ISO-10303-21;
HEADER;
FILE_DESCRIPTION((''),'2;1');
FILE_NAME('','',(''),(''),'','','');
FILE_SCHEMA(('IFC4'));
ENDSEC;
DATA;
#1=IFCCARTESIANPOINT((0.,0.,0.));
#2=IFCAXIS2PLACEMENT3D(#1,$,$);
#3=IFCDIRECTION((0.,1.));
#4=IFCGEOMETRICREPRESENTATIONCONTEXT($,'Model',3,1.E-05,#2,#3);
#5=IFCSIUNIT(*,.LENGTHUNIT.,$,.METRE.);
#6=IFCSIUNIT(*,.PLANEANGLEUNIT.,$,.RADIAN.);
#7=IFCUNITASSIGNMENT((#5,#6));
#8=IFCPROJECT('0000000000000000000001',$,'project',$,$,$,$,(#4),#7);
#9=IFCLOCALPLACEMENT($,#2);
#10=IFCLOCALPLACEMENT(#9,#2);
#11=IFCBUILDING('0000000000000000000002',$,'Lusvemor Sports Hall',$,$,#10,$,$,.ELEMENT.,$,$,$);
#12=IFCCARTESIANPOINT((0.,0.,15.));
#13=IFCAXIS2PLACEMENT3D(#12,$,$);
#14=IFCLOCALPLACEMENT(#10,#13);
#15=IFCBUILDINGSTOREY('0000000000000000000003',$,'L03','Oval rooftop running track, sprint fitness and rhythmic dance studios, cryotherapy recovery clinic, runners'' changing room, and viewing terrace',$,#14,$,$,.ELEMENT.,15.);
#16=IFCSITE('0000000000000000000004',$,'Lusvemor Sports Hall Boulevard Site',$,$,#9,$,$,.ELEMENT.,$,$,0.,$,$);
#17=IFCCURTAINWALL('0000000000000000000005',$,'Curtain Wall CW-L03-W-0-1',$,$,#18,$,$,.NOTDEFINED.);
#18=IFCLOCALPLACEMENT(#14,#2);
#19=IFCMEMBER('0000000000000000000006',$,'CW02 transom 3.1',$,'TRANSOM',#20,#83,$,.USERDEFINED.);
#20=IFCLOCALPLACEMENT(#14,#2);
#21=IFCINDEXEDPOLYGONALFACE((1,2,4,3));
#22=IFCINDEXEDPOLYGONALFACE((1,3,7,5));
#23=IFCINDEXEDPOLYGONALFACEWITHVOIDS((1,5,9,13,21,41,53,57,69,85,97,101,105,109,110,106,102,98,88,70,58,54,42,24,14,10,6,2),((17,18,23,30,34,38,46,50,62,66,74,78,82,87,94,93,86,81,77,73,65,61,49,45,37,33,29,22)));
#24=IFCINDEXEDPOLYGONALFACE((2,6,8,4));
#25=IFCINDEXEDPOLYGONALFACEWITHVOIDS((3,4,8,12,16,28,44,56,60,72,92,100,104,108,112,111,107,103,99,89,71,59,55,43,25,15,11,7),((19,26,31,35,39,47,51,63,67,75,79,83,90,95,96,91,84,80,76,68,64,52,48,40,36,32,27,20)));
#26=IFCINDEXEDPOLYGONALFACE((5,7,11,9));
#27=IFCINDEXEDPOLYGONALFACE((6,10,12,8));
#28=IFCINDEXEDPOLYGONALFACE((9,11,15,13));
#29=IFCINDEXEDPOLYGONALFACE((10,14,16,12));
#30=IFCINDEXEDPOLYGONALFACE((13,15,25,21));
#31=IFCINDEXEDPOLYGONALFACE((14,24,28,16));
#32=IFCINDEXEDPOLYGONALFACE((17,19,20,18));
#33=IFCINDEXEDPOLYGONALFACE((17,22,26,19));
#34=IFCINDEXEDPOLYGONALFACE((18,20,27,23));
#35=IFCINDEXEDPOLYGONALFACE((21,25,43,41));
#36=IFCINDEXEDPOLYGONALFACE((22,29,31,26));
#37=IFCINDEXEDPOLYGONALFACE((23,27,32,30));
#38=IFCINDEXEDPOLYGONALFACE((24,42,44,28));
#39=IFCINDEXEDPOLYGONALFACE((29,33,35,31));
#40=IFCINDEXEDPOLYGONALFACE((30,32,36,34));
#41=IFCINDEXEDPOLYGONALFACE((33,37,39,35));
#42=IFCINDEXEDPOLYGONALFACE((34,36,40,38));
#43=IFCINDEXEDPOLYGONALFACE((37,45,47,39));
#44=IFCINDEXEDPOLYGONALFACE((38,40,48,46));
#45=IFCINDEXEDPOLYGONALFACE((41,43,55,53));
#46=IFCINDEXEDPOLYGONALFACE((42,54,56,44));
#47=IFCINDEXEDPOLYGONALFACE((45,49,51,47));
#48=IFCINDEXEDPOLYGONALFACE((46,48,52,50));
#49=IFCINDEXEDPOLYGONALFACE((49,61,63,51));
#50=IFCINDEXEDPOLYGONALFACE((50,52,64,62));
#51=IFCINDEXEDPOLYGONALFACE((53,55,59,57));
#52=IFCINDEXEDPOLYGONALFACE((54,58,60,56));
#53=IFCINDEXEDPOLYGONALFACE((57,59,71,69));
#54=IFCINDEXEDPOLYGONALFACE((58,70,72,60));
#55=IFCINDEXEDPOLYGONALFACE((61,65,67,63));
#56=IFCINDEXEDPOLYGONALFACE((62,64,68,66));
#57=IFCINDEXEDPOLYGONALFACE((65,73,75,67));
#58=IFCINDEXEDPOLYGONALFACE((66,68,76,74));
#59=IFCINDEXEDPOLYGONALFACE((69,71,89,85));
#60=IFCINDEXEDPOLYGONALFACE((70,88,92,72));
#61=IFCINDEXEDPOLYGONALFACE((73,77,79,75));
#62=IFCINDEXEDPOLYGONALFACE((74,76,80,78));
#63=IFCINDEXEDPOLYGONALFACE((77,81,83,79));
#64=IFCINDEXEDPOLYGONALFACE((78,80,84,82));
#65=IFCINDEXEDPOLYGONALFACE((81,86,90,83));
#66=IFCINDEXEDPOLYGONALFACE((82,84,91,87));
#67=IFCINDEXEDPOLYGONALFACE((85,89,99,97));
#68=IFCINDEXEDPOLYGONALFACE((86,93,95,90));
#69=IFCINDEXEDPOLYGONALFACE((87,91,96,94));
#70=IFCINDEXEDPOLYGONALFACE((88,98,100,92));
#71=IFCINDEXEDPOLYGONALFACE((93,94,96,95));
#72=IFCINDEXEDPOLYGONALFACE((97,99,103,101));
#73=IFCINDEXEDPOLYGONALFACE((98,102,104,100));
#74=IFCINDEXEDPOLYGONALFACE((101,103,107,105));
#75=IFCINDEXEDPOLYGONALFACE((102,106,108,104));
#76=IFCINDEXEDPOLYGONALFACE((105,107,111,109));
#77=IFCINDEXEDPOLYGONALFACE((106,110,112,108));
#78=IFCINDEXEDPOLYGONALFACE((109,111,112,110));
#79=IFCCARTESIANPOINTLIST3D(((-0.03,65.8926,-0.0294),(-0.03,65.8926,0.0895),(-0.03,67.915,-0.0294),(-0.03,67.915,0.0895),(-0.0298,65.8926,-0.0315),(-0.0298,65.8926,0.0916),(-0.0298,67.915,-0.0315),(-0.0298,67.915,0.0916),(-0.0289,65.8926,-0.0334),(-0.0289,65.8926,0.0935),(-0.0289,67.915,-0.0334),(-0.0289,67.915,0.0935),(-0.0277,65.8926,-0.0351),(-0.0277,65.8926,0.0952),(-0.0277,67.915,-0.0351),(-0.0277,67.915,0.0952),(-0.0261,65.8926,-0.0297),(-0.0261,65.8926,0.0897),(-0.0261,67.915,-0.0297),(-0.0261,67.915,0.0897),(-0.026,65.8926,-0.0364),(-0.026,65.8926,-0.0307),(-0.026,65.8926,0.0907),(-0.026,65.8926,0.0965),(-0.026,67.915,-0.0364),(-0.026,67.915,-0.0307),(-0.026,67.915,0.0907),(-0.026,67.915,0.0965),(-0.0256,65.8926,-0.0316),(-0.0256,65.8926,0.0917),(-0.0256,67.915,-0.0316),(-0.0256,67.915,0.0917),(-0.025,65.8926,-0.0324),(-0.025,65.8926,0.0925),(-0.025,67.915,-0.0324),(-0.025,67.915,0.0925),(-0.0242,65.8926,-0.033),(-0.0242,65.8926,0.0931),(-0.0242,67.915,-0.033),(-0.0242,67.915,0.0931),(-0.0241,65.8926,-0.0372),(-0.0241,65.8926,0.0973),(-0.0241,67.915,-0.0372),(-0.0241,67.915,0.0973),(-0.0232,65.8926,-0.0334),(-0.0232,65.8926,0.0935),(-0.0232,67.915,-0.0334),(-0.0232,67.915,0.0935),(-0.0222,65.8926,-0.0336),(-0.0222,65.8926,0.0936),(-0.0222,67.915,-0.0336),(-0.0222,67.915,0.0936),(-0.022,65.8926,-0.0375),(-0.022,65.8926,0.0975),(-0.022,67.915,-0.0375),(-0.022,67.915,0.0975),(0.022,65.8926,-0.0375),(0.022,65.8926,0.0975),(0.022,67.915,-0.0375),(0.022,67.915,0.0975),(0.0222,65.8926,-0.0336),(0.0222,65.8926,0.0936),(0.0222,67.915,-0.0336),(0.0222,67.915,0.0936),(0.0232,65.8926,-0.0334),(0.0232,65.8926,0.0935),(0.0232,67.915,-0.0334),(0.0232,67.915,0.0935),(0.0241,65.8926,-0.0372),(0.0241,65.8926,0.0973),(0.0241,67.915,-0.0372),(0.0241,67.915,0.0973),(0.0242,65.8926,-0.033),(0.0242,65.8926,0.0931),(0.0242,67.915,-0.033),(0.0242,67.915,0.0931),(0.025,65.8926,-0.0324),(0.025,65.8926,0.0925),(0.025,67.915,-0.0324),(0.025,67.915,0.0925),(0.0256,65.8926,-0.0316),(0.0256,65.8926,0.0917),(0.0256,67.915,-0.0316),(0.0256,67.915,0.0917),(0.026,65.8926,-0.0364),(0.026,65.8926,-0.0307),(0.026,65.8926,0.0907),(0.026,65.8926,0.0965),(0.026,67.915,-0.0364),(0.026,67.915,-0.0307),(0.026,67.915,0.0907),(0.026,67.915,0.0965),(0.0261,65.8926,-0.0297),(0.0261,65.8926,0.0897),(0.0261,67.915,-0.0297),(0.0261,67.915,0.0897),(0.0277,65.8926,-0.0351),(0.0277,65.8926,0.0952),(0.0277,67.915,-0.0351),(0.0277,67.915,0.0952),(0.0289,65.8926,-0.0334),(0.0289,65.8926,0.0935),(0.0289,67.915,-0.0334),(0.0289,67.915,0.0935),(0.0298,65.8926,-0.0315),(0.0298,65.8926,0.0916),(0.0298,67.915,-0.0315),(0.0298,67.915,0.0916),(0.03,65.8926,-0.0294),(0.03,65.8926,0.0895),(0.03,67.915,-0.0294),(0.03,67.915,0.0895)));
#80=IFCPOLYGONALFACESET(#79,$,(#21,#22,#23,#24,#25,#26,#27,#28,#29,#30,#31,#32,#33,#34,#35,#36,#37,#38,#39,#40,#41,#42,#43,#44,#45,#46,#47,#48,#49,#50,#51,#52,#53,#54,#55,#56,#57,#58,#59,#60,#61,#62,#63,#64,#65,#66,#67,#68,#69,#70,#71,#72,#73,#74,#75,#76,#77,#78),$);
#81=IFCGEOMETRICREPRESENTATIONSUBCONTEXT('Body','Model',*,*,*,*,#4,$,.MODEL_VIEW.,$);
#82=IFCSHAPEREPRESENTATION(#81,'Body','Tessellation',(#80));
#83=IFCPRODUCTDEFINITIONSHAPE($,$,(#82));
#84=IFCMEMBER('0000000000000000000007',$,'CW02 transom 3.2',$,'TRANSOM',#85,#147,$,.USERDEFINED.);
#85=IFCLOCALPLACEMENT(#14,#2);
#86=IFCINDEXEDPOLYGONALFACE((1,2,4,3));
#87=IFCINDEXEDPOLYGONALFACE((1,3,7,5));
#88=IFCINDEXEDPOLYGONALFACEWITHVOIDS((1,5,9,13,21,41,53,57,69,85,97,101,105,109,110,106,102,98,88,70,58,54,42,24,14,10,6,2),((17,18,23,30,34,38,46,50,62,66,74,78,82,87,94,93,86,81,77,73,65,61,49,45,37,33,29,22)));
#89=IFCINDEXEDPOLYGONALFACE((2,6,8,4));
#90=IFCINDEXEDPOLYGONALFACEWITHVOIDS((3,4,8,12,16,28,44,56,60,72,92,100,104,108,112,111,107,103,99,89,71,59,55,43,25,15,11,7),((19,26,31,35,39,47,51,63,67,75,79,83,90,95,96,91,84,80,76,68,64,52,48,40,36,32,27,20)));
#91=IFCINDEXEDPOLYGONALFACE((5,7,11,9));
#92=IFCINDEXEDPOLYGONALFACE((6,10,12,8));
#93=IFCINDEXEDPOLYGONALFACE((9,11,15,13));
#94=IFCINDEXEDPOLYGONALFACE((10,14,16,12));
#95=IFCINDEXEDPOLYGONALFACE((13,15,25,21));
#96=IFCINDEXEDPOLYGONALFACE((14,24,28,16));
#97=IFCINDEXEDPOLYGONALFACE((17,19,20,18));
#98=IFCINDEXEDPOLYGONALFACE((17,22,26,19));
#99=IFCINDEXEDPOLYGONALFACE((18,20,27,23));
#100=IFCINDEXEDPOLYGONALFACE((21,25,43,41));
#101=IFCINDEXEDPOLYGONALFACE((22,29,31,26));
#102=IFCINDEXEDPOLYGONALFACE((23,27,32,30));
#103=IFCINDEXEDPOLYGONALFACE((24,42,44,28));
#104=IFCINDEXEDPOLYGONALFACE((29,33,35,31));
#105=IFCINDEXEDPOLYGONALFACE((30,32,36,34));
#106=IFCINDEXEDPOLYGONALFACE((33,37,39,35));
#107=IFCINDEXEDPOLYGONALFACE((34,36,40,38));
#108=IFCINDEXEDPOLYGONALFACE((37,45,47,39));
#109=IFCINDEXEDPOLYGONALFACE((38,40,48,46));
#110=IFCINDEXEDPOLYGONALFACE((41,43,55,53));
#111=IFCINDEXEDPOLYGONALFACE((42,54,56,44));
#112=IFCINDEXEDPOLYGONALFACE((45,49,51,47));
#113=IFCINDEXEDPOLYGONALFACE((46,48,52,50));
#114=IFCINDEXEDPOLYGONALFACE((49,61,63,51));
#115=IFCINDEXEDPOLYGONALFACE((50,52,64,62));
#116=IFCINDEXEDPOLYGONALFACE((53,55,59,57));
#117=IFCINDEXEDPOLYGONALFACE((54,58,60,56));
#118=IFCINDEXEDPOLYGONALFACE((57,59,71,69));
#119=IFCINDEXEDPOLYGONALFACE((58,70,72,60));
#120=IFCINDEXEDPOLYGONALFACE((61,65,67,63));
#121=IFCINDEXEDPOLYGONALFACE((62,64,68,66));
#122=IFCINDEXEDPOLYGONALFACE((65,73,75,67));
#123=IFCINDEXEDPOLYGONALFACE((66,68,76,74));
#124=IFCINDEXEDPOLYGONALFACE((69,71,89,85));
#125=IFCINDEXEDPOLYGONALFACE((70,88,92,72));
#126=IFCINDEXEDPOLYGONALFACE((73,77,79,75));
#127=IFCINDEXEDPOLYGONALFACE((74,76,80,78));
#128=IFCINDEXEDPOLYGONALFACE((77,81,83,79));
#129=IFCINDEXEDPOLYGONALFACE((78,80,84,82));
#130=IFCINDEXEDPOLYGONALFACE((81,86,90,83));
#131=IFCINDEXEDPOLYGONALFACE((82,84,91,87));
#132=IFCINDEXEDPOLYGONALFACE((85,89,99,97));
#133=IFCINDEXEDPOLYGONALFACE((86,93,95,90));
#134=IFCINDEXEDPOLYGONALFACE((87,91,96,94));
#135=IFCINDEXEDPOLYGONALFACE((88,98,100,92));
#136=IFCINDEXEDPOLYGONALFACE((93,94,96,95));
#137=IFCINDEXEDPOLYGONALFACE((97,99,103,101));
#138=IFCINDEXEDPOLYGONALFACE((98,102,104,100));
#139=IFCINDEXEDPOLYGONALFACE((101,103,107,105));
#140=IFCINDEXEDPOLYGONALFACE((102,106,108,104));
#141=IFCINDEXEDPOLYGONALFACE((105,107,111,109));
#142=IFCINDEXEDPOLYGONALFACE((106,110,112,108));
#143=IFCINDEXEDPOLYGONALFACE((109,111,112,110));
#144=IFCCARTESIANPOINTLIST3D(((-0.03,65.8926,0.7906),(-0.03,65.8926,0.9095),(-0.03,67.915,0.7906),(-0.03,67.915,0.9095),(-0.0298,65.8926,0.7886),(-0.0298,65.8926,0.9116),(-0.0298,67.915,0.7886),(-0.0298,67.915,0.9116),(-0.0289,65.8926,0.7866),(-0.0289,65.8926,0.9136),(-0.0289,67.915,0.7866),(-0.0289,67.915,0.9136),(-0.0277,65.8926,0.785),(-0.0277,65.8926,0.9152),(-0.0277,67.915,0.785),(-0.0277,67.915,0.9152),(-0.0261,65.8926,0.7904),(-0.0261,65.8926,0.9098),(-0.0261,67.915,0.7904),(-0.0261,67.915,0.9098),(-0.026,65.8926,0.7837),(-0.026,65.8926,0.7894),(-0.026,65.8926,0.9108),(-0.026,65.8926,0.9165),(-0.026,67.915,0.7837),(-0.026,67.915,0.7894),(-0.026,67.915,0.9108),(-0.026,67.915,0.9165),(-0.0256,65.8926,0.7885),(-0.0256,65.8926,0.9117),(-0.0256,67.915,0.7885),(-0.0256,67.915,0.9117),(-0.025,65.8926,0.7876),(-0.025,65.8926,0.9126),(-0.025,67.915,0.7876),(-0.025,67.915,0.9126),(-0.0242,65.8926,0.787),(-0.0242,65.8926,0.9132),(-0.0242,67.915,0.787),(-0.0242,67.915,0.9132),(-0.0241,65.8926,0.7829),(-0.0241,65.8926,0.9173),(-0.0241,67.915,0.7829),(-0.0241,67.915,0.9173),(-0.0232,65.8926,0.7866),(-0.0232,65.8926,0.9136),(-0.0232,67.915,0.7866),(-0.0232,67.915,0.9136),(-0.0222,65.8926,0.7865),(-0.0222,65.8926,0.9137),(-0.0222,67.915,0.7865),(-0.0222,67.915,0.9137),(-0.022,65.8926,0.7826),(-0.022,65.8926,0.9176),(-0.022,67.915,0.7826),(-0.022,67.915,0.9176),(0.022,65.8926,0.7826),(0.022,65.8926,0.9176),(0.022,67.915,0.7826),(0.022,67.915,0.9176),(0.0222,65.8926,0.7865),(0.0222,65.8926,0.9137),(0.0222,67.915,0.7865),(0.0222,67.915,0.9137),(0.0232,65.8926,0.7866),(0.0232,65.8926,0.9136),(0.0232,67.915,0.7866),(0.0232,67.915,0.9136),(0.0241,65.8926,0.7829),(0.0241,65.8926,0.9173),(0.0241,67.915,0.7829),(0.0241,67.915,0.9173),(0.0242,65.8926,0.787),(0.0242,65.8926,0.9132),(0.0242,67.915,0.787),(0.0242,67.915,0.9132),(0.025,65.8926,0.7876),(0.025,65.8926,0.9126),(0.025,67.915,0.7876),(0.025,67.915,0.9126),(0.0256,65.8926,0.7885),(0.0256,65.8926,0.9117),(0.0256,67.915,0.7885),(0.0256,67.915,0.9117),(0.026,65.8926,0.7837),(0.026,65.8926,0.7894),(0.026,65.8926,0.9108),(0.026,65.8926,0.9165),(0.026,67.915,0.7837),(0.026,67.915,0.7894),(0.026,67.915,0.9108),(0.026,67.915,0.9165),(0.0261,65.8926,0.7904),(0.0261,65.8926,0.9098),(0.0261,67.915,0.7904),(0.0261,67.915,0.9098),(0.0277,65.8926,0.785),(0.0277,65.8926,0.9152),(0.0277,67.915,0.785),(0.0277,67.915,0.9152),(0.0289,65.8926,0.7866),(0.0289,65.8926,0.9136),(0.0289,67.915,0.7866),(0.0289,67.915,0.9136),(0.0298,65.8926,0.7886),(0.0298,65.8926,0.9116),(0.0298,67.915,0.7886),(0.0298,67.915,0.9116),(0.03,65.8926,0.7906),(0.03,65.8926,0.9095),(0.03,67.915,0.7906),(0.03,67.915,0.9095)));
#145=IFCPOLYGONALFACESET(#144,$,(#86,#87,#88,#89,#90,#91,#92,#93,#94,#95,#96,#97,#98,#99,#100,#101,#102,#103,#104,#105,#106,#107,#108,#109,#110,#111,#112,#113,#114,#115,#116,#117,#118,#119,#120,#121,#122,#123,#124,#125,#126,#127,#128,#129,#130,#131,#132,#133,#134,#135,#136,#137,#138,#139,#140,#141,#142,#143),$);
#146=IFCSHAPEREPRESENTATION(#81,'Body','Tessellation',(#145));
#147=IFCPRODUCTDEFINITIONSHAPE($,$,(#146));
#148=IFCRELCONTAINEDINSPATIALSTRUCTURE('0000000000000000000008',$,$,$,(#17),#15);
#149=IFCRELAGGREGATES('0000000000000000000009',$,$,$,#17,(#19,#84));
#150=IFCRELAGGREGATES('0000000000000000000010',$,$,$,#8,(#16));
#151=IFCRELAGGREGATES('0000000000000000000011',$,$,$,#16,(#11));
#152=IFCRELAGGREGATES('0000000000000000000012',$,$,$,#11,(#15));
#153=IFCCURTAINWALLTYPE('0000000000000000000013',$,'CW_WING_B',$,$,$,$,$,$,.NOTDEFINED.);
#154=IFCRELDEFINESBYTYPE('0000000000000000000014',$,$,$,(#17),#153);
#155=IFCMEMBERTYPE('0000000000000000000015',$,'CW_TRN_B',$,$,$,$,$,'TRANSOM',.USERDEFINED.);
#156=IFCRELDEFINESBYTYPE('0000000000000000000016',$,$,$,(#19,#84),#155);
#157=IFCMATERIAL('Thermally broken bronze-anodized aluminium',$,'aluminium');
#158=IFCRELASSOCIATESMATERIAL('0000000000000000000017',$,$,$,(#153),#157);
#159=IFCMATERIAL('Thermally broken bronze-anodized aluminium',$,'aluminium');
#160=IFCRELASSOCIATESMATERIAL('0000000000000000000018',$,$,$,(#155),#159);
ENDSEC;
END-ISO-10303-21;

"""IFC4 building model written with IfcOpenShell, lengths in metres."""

from ifc_helpers import new_model, si_unit, direction, frame, origin, origin_2d, place, context, subcontext, project, spatial, hollow_rectangle, extrude, material, material_profile, profile_set, type_object, element, aggregate, save


model = new_model("IFC4")

# Units and contexts
model_context = context("Model", 3, precision=1e-05, world=origin(), true_north=direction((0.0, 1.0)))
body_context = subcontext(model_context, "Body", "Model", "MODEL_VIEW")
ifc_project = project(units=[si_unit("LENGTHUNIT", "METRE"), si_unit("PLANEANGLEUNIT", "RADIAN")], contexts=[model_context])

# Site, building, storey
site_placement = place(None, origin())
site = spatial("IfcSite", under=ifc_project, at=site_placement, Name="Lusvemor Sports Hall Boulevard Site", CompositionType="ELEMENT", RefElevation=0.0)
building_placement = place(site_placement, origin())
building = spatial("IfcBuilding", under=site, at=building_placement, Name="Lusvemor Sports Hall", CompositionType="ELEMENT")
storey_placement = place(building_placement, frame((0.0, 0.0, 15.0)))
storey = spatial("IfcBuildingStorey", under=building, at=storey_placement, Name="L03", Description="Oval rooftop running track, sprint fitness and rhythmic dance studios, cryotherapy recovery clinic, runners' changing room, and viewing terrace", CompositionType="ELEMENT", Elevation=15.0)

# Curtain wall
ifc_material_1 = material(Name="Thermally broken bronze-anodized aluminium", Category="aluminium")
curtain_wall_type_1 = type_object("IfcCurtainWallType", Name="CW_WING_B", PredefinedType="NOTDEFINED", material=ifc_material_1)
curtain_wall_1_placement = place(storey_placement, origin())
curtain_wall_1 = element("IfcCurtainWall", 1, at=curtain_wall_1_placement, inside=storey, type_object=curtain_wall_type_1, Name="Curtain Wall CW-L03-W-0-1", PredefinedType="NOTDEFINED")

# Members
ifc_material_2 = material(Name="Thermally broken bronze-anodized aluminium", Category="aluminium")
ifc_material_profile_1 = material_profile(ifc_material_2, hollow_rectangle(XDim=0.0601, YDim=0.135, WallThickness=0.0039, InnerFilletRadius=0.0039, OuterFilletRadius=0.0081, at=origin_2d()), Name="CWTRN135x60x4")
ifc_profile_set_1 = profile_set([ifc_material_profile_1], Name="Thermally broken bronze-anodized aluminium")
member_type_1 = type_object("IfcMemberType", Name="CW_TRN_B", ElementType="TRANSOM", PredefinedType="USERDEFINED", material=ifc_profile_set_1)
member_1_placement = place(storey_placement, frame((0.0, 65.8926, 0.03), z_axis=(0.0, 1.0, 0.0), x_axis=(-1.0, 0.0, 0.0)))
member_1 = element("IfcMember", 2, at=member_1_placement, type_object=member_type_1, Name="CW02 transom 3.1", ObjectType="TRANSOM", PredefinedType="USERDEFINED", context=body_context, shape_type="SweptSolid", body=[
    extrude(hollow_rectangle(XDim=0.0601, YDim=0.135, WallThickness=0.0039, InnerFilletRadius=0.0039, OuterFilletRadius=0.0081, at=origin_2d()), origin(), (0.0, 0.0, 1.0), 2.0225),
])
member_2_placement = place(storey_placement, frame((0.0, 65.8926, 0.8501), z_axis=(0.0, 1.0, 0.0), x_axis=(-1.0, 0.0, 0.0)))
member_2 = element("IfcMember", 3, at=member_2_placement, type_object=member_type_1, Name="CW02 transom 3.2", ObjectType="TRANSOM", PredefinedType="USERDEFINED", context=body_context, shape_type="SweptSolid", body=[
    extrude(hollow_rectangle(XDim=0.0601, YDim=0.135, WallThickness=0.0039, InnerFilletRadius=0.0039, OuterFilletRadius=0.0081, at=origin_2d()), origin(), (0.0, 0.0, 1.0), 2.0225),
])

aggregate(curtain_wall_1, [member_1, member_2])

save(model, "model.ifc")
